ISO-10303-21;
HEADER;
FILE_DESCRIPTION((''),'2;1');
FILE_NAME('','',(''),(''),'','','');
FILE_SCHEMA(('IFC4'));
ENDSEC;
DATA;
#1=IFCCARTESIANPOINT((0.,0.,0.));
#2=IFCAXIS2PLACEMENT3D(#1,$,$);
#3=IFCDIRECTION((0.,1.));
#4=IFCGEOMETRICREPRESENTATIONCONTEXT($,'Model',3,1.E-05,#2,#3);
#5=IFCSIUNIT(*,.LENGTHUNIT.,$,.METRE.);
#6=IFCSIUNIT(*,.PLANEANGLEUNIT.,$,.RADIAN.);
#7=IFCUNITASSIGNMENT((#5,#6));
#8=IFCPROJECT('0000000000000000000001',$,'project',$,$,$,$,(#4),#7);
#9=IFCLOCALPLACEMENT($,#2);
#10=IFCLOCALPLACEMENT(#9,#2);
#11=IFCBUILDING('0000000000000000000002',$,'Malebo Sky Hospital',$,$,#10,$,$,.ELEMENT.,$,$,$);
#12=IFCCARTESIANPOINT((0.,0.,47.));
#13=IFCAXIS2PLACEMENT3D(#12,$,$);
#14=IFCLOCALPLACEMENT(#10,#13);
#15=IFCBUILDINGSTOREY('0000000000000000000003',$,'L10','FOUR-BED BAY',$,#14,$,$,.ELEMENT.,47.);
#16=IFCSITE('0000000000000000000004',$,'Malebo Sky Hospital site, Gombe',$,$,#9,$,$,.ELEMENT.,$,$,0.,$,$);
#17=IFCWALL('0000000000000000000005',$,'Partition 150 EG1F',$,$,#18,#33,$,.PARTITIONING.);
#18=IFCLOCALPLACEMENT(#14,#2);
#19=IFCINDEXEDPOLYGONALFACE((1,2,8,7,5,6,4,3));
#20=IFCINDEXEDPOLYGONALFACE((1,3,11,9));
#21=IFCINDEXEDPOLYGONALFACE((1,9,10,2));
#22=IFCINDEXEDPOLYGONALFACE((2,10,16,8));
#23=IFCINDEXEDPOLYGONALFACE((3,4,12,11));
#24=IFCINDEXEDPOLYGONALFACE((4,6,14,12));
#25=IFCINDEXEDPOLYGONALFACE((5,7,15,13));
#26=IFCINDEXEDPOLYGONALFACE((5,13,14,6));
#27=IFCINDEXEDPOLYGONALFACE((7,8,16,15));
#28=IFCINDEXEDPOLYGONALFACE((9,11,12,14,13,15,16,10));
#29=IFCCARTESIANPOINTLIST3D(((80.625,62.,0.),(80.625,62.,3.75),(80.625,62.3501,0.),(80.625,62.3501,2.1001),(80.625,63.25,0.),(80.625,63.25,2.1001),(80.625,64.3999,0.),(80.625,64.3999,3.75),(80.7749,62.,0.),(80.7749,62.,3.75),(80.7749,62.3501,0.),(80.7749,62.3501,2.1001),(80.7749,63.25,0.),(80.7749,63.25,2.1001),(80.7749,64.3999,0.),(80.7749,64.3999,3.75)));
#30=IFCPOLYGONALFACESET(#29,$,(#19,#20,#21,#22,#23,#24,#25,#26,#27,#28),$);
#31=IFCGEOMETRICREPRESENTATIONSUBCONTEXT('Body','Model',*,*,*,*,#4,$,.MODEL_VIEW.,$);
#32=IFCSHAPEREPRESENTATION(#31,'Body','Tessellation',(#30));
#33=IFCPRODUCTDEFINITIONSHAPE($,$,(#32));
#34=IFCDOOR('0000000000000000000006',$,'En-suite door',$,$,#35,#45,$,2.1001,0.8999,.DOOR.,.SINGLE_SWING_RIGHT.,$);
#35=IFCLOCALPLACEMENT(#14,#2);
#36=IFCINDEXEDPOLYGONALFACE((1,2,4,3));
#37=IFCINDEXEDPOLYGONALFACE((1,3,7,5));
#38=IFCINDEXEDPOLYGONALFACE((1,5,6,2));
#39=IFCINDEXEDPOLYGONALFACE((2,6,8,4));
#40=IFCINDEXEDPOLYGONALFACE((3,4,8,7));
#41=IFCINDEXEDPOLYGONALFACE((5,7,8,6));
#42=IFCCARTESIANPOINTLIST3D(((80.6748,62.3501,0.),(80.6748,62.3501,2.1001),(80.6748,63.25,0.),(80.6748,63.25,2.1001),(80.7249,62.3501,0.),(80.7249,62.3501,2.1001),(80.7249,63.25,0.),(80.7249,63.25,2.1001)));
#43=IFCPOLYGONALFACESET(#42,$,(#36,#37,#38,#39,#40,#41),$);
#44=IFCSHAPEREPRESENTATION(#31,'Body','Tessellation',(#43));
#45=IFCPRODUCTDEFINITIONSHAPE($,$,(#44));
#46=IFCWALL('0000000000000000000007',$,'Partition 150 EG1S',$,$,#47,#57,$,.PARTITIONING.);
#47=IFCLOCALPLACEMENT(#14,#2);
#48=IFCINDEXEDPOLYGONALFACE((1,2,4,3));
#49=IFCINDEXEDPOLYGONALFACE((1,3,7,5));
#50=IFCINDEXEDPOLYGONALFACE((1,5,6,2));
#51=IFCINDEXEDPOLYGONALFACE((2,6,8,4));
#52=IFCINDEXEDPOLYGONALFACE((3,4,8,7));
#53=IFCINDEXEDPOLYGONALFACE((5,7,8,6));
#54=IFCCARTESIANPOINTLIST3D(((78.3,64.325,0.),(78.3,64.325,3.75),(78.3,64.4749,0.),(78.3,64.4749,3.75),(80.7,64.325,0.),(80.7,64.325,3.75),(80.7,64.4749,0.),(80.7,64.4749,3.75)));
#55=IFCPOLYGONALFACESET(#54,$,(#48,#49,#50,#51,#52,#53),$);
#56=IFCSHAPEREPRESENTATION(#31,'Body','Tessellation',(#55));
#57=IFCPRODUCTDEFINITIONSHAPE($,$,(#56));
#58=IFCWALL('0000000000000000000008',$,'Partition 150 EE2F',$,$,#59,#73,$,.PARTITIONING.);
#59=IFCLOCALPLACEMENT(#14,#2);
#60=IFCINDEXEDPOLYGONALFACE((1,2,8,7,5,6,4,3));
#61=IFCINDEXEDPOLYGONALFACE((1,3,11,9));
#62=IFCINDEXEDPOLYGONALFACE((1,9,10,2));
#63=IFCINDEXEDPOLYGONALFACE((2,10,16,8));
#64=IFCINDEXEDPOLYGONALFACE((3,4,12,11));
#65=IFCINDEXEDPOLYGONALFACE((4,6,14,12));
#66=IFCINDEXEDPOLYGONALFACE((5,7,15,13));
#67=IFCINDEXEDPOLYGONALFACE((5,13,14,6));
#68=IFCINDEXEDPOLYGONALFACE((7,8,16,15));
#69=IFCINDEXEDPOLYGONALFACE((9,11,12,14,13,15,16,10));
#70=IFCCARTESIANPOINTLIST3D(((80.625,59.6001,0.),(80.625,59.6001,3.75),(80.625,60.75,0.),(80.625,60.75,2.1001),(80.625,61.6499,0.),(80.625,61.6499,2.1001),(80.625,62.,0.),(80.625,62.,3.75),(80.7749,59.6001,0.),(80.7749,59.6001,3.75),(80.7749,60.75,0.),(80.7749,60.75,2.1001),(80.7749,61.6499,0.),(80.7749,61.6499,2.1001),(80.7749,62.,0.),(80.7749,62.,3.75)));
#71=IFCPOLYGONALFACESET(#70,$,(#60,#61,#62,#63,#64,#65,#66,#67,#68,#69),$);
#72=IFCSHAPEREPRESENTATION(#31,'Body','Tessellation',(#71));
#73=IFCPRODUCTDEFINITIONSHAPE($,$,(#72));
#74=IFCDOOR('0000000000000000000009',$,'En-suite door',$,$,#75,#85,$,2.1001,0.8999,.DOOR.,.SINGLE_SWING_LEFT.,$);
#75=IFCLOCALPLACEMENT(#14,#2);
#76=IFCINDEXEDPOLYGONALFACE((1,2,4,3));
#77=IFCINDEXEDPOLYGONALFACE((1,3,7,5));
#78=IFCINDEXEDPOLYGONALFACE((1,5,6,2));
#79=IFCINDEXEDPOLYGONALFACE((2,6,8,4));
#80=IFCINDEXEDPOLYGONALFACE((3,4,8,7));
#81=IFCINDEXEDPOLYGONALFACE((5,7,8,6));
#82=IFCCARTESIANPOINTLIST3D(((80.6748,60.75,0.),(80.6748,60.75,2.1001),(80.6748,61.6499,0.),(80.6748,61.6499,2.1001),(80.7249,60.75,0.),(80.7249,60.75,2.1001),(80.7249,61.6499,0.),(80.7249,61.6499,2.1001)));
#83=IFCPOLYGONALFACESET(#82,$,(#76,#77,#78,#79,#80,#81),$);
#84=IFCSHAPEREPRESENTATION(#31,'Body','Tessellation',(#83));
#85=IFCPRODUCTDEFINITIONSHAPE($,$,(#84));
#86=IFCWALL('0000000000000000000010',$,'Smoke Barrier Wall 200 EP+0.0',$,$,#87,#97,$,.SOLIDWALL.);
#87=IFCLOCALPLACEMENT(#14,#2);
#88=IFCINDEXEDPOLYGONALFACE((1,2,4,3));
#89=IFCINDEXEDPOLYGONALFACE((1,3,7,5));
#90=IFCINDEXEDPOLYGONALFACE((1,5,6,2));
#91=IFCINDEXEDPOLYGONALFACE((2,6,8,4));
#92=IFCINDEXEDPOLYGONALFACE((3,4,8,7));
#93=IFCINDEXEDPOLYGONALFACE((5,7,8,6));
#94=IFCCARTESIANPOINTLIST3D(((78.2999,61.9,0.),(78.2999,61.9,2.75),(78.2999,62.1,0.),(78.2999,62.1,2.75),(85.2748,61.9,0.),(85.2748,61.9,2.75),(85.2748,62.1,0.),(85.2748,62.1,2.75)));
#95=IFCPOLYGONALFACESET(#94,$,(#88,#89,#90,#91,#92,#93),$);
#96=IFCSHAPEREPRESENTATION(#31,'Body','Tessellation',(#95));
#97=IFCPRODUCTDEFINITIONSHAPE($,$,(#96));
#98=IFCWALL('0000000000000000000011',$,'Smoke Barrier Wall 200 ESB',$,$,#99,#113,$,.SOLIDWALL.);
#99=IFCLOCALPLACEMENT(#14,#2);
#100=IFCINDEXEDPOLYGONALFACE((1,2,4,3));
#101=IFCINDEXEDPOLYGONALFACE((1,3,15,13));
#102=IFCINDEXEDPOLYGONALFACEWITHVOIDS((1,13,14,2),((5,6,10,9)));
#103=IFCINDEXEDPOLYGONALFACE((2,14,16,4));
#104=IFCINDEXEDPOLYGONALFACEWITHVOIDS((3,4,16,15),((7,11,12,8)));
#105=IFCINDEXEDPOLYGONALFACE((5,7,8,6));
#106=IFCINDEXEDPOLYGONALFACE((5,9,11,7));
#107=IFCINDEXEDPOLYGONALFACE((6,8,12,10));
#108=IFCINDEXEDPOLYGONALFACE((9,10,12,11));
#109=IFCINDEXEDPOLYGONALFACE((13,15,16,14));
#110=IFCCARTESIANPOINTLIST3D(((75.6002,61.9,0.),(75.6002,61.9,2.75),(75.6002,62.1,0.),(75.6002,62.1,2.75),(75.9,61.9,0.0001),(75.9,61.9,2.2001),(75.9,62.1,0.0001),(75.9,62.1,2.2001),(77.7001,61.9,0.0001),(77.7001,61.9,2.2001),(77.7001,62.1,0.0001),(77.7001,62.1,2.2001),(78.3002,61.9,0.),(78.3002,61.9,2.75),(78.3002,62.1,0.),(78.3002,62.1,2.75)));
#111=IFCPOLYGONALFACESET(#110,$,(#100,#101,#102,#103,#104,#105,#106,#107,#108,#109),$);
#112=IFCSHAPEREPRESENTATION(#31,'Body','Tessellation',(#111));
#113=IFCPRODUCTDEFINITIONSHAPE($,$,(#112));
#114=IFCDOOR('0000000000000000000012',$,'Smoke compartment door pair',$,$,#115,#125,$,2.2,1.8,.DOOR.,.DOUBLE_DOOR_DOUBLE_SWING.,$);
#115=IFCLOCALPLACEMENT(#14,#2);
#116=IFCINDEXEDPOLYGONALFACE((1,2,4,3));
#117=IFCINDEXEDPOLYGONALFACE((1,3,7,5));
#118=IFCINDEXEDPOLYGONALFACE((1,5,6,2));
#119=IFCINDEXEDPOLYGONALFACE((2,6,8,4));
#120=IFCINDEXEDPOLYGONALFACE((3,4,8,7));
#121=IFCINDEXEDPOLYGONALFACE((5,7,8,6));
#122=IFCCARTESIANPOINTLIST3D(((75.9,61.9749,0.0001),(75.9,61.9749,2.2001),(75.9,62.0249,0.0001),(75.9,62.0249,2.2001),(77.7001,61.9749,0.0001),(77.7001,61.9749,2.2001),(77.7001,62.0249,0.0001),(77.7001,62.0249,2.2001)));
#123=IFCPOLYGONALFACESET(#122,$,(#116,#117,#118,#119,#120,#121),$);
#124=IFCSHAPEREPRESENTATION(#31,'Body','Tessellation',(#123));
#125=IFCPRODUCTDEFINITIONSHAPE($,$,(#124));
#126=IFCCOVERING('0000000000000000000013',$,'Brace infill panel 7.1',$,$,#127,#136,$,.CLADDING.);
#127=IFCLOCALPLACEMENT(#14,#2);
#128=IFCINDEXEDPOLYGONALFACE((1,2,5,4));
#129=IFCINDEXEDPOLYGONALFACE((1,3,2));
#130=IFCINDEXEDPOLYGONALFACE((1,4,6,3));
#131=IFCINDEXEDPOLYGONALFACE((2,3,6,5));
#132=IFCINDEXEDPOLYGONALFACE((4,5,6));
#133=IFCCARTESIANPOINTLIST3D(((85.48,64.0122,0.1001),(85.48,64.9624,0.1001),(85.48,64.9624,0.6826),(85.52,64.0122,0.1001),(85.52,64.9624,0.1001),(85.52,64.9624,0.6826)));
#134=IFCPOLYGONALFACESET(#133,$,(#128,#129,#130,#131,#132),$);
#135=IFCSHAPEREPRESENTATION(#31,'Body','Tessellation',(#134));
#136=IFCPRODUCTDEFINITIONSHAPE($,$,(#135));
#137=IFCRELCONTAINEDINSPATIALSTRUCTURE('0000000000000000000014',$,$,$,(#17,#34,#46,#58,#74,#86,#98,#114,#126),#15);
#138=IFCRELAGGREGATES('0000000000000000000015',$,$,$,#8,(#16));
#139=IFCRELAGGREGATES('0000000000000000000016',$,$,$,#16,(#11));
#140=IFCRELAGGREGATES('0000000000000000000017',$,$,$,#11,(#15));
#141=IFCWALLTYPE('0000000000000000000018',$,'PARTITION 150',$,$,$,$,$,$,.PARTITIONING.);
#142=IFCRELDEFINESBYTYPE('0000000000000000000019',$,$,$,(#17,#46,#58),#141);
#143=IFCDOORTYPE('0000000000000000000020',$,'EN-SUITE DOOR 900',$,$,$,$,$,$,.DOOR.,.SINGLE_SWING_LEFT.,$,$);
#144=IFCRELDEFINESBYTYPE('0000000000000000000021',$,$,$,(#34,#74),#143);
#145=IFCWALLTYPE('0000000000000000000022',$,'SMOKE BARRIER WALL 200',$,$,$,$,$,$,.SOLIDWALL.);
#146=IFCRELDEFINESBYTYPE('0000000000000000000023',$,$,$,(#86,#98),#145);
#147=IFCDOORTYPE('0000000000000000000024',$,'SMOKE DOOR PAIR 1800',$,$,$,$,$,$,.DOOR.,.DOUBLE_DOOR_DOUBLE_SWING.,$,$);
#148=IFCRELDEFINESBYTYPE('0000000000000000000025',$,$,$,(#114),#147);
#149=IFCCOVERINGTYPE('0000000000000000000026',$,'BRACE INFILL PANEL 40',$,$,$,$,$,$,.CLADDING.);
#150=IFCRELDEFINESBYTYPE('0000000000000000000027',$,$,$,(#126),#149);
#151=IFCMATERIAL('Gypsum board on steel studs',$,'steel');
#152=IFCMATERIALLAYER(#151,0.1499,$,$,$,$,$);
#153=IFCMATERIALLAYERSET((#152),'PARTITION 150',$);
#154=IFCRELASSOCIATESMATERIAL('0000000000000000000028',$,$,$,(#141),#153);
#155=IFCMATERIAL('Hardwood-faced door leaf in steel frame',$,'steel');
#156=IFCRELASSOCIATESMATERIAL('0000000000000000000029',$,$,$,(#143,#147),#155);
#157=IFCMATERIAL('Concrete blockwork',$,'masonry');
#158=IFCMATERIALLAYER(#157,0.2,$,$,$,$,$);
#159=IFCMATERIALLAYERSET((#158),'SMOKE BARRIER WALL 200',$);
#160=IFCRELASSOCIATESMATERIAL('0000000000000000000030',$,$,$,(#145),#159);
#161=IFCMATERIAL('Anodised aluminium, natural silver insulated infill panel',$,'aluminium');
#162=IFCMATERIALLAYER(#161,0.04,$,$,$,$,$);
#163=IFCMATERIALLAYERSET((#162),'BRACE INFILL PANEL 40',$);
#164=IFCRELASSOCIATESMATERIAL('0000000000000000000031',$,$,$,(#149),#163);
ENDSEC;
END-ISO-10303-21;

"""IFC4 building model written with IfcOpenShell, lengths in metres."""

from ifc_helpers import new_model, si_unit, direction, frame, frame_2d, origin, place, context, subcontext, project, spatial, polyline, rectangle, outline, extrude, material, layer, layer_set, type_object, element, fill, save


model = new_model("IFC4")

# Units and contexts
model_context = context("Model", 3, precision=1e-05, world=origin(), true_north=direction((0.0, 1.0)))
body_context = subcontext(model_context, "Body", "Model", "MODEL_VIEW")
ifc_project = project(units=[si_unit("LENGTHUNIT", "METRE"), si_unit("PLANEANGLEUNIT", "RADIAN")], contexts=[model_context])

# Site, building, storey
site_placement = place(None, origin())
site = spatial("IfcSite", under=ifc_project, at=site_placement, Name="Malebo Sky Hospital site, Gombe", CompositionType="ELEMENT", RefElevation=0.0)
building_placement = place(site_placement, origin())
building = spatial("IfcBuilding", under=site, at=building_placement, Name="Malebo Sky Hospital", CompositionType="ELEMENT")
storey_placement = place(building_placement, frame((0.0, 0.0, 47.0)))
storey = spatial("IfcBuildingStorey", under=building, at=storey_placement, Name="L10", Description="FOUR-BED BAY", CompositionType="ELEMENT", Elevation=47.0)

# Shared definitions
ifc_material_1 = material(Name="Gypsum board on steel studs", Category="steel")
ifc_material_2 = material(Name="Hardwood-faced door leaf in steel frame", Category="steel")

# Wall, opening, door
ifc_layer_1 = layer(ifc_material_1, 0.1499)
ifc_layer_set_1 = layer_set([ifc_layer_1], Name="PARTITION 150")
wall_type_1 = type_object("IfcWallType", Name="PARTITION 150", PredefinedType="PARTITIONING", material=ifc_layer_set_1)
wall_1_placement = place(storey_placement, frame((80.7, 64.3999, 0.0), z_axis=(0.0, 0.0, 1.0), x_axis=(0.0, -1.0, 0.0)))
wall_1 = element("IfcWall", 1, at=wall_1_placement, inside=storey, type_object=wall_type_1, Name="Partition 150 EG1F", PredefinedType="PARTITIONING", context=body_context, shape_type="SweptSolid", body=[
    extrude(rectangle(XDim=2.3999, YDim=0.1499, at=frame_2d((1.2, 0.0))), origin(), (0.0, 0.0, 1.0), 3.75),
])
opening_1_placement = place(wall_1_placement, frame((1.1499, 0.0, 0.0)))
opening_1 = element("IfcOpeningElement", 2, at=opening_1_placement, cuts=wall_1, PredefinedType="OPENING", context=body_context, shape_type="SweptSolid", body=[
    extrude(rectangle(XDim=0.8999, YDim=2.1001, at=frame_2d((0.45, 1.05))), frame((0.0, 0.085, 0.0), z_axis=(0.0, -1.0, 0.0), x_axis=(1.0, 0.0, 0.0)), (0.0, 0.0, 1.0), 0.1699),
])
door_type_1 = type_object("IfcDoorType", Name="EN-SUITE DOOR 900", OperationType="SINGLE_SWING_LEFT", PredefinedType="DOOR", material=ifc_material_2)
door_1_placement = place(opening_1_placement, origin())
door_1 = element("IfcDoor", 3, at=door_1_placement, inside=storey, type_object=door_type_1, Name="En-suite door", OperationType="SINGLE_SWING_RIGHT", OverallHeight=2.1001, OverallWidth=0.8999, PredefinedType="DOOR", context=body_context, shape_type="SweptSolid", body=[
    extrude(rectangle(XDim=0.8999, YDim=2.1001, at=frame_2d((0.45, 1.05))), frame((0.0, 0.0249, 0.0), z_axis=(0.0, -1.0, 0.0), x_axis=(1.0, 0.0, 0.0)), (0.0, 0.0, 1.0), 0.05),
])
fill(opening_1, door_1)

# Wall
wall_2_placement = place(storey_placement, frame((78.3, 64.3999, 0.0), z_axis=(0.0, 0.0, 1.0), x_axis=(1.0, 0.0, 0.0)))
element("IfcWall", 4, at=wall_2_placement, inside=storey, type_object=wall_type_1, Name="Partition 150 EG1S", PredefinedType="PARTITIONING", context=body_context, shape_type="SweptSolid", body=[
    extrude(rectangle(XDim=2.3999, YDim=0.1499, at=frame_2d((1.2, 0.0))), origin(), (0.0, 0.0, 1.0), 3.75),
])

# Wall, opening, door
wall_3_placement = place(storey_placement, frame((80.7, 62.0, 0.0), z_axis=(0.0, 0.0, 1.0), x_axis=(0.0, -1.0, 0.0)))
wall_3 = element("IfcWall", 5, at=wall_3_placement, inside=storey, type_object=wall_type_1, Name="Partition 150 EE2F", PredefinedType="PARTITIONING", context=body_context, shape_type="SweptSolid", body=[
    extrude(rectangle(XDim=2.3999, YDim=0.1499, at=frame_2d((1.2, 0.0))), origin(), (0.0, 0.0, 1.0), 3.75),
])
opening_2_placement = place(wall_3_placement, frame((0.3501, 0.0, 0.0)))
opening_2 = element("IfcOpeningElement", 6, at=opening_2_placement, cuts=wall_3, PredefinedType="OPENING", context=body_context, shape_type="SweptSolid", body=[
    extrude(rectangle(XDim=0.8999, YDim=2.1001, at=frame_2d((0.45, 1.05))), frame((0.0, 0.085, 0.0), z_axis=(0.0, -1.0, 0.0), x_axis=(1.0, 0.0, 0.0)), (0.0, 0.0, 1.0), 0.1699),
])
door_2_placement = place(opening_2_placement, origin())
door_2 = element("IfcDoor", 7, at=door_2_placement, inside=storey, type_object=door_type_1, Name="En-suite door", OperationType="SINGLE_SWING_LEFT", OverallHeight=2.1001, OverallWidth=0.8999, PredefinedType="DOOR", context=body_context, shape_type="SweptSolid", body=[
    extrude(rectangle(XDim=0.8999, YDim=2.1001, at=frame_2d((0.45, 1.05))), frame((0.0, 0.0249, 0.0), z_axis=(0.0, -1.0, 0.0), x_axis=(1.0, 0.0, 0.0)), (0.0, 0.0, 1.0), 0.05),
])
fill(opening_2, door_2)

# Wall
ifc_material_3 = material(Name="Concrete blockwork", Category="masonry")
ifc_layer_2 = layer(ifc_material_3, 0.2)
ifc_layer_set_2 = layer_set([ifc_layer_2], Name="SMOKE BARRIER WALL 200")
wall_type_2 = type_object("IfcWallType", Name="SMOKE BARRIER WALL 200", PredefinedType="SOLIDWALL", material=ifc_layer_set_2)
wall_4_placement = place(storey_placement, frame((78.3, 62.0, 0.0), z_axis=(0.0, 0.0, 1.0), x_axis=(1.0, 0.0, 0.0)))
element("IfcWall", 8, at=wall_4_placement, inside=storey, type_object=wall_type_2, Name="Smoke Barrier Wall 200 EP+0.0", PredefinedType="SOLIDWALL", context=body_context, shape_type="SweptSolid", body=[
    extrude(rectangle(XDim=6.9749, YDim=0.2, at=frame_2d((3.4873, 0.0))), origin(), (0.0, 0.0, 1.0), 2.75),
])

# Wall, opening, door
wall_5_placement = place(storey_placement, frame((75.6001, 62.0, 0.0), z_axis=(0.0, 0.0, 1.0), x_axis=(1.0, 0.0, 0.0)))
wall_5 = element("IfcWall", 9, at=wall_5_placement, inside=storey, type_object=wall_type_2, Name="Smoke Barrier Wall 200 ESB", PredefinedType="SOLIDWALL", context=body_context, shape_type="SweptSolid", body=[
    extrude(rectangle(XDim=2.7, YDim=0.2, at=frame_2d((1.3501, 0.0))), origin(), (0.0, 0.0, 1.0), 2.75),
])
opening_3_placement = place(wall_5_placement, frame((0.3, 0.0, 0.0)))
opening_3 = element("IfcOpeningElement", 10, at=opening_3_placement, cuts=wall_5, PredefinedType="OPENING", context=body_context, shape_type="SweptSolid", body=[
    extrude(rectangle(XDim=1.8, YDim=2.2, at=frame_2d((0.8999, 1.1001))), frame((0.0, 0.1099, 0.0), z_axis=(0.0, -1.0, 0.0), x_axis=(1.0, 0.0, 0.0)), (0.0, 0.0, 1.0), 0.22),
])
door_type_2 = type_object("IfcDoorType", Name="SMOKE DOOR PAIR 1800", OperationType="DOUBLE_DOOR_DOUBLE_SWING", PredefinedType="DOOR", material=ifc_material_2)
door_3_placement = place(opening_3_placement, origin())
door_3 = element("IfcDoor", 11, at=door_3_placement, inside=storey, type_object=door_type_2, Name="Smoke compartment door pair", OperationType="DOUBLE_DOOR_DOUBLE_SWING", OverallHeight=2.2, OverallWidth=1.8, PredefinedType="DOOR", context=body_context, shape_type="SweptSolid", body=[
    extrude(rectangle(XDim=1.8, YDim=2.2, at=frame_2d((0.8999, 1.1001))), frame((0.0, 0.0249, 0.0), z_axis=(0.0, -1.0, 0.0), x_axis=(1.0, 0.0, 0.0)), (0.0, 0.0, 1.0), 0.05),
])
fill(opening_3, door_3)

# Covering
ifc_material_4 = material(Name="Anodised aluminium, natural silver insulated infill panel", Category="aluminium")
ifc_layer_3 = layer(ifc_material_4, 0.04)
ifc_layer_set_3 = layer_set([ifc_layer_3], Name="BRACE INFILL PANEL 40")
covering_type = type_object("IfcCoveringType", Name="BRACE INFILL PANEL 40", PredefinedType="CLADDING", material=ifc_layer_set_3)
covering_placement = place(storey_placement, frame((85.5, 64.4873, 0.1001), z_axis=(0.0, 0.0, 1.0), x_axis=(0.0, -1.0, 0.0)))
element("IfcCovering", 12, at=covering_placement, inside=storey, type_object=covering_type, Name="Brace infill panel 7.1", PredefinedType="CLADDING", context=body_context, shape_type="SweptSolid", body=[
    extrude(outline(polyline([(-0.4751, 0.0), (0.4751, 0.0), (-0.4751, 0.5825), (-0.4751, 0.0)])), frame((0.0, 0.02, 0.0), z_axis=(0.0, -1.0, 0.0), x_axis=(1.0, 0.0, 0.0)), (0.0, 0.0, 1.0), 0.04),
])

save(model, "model.ifc")
